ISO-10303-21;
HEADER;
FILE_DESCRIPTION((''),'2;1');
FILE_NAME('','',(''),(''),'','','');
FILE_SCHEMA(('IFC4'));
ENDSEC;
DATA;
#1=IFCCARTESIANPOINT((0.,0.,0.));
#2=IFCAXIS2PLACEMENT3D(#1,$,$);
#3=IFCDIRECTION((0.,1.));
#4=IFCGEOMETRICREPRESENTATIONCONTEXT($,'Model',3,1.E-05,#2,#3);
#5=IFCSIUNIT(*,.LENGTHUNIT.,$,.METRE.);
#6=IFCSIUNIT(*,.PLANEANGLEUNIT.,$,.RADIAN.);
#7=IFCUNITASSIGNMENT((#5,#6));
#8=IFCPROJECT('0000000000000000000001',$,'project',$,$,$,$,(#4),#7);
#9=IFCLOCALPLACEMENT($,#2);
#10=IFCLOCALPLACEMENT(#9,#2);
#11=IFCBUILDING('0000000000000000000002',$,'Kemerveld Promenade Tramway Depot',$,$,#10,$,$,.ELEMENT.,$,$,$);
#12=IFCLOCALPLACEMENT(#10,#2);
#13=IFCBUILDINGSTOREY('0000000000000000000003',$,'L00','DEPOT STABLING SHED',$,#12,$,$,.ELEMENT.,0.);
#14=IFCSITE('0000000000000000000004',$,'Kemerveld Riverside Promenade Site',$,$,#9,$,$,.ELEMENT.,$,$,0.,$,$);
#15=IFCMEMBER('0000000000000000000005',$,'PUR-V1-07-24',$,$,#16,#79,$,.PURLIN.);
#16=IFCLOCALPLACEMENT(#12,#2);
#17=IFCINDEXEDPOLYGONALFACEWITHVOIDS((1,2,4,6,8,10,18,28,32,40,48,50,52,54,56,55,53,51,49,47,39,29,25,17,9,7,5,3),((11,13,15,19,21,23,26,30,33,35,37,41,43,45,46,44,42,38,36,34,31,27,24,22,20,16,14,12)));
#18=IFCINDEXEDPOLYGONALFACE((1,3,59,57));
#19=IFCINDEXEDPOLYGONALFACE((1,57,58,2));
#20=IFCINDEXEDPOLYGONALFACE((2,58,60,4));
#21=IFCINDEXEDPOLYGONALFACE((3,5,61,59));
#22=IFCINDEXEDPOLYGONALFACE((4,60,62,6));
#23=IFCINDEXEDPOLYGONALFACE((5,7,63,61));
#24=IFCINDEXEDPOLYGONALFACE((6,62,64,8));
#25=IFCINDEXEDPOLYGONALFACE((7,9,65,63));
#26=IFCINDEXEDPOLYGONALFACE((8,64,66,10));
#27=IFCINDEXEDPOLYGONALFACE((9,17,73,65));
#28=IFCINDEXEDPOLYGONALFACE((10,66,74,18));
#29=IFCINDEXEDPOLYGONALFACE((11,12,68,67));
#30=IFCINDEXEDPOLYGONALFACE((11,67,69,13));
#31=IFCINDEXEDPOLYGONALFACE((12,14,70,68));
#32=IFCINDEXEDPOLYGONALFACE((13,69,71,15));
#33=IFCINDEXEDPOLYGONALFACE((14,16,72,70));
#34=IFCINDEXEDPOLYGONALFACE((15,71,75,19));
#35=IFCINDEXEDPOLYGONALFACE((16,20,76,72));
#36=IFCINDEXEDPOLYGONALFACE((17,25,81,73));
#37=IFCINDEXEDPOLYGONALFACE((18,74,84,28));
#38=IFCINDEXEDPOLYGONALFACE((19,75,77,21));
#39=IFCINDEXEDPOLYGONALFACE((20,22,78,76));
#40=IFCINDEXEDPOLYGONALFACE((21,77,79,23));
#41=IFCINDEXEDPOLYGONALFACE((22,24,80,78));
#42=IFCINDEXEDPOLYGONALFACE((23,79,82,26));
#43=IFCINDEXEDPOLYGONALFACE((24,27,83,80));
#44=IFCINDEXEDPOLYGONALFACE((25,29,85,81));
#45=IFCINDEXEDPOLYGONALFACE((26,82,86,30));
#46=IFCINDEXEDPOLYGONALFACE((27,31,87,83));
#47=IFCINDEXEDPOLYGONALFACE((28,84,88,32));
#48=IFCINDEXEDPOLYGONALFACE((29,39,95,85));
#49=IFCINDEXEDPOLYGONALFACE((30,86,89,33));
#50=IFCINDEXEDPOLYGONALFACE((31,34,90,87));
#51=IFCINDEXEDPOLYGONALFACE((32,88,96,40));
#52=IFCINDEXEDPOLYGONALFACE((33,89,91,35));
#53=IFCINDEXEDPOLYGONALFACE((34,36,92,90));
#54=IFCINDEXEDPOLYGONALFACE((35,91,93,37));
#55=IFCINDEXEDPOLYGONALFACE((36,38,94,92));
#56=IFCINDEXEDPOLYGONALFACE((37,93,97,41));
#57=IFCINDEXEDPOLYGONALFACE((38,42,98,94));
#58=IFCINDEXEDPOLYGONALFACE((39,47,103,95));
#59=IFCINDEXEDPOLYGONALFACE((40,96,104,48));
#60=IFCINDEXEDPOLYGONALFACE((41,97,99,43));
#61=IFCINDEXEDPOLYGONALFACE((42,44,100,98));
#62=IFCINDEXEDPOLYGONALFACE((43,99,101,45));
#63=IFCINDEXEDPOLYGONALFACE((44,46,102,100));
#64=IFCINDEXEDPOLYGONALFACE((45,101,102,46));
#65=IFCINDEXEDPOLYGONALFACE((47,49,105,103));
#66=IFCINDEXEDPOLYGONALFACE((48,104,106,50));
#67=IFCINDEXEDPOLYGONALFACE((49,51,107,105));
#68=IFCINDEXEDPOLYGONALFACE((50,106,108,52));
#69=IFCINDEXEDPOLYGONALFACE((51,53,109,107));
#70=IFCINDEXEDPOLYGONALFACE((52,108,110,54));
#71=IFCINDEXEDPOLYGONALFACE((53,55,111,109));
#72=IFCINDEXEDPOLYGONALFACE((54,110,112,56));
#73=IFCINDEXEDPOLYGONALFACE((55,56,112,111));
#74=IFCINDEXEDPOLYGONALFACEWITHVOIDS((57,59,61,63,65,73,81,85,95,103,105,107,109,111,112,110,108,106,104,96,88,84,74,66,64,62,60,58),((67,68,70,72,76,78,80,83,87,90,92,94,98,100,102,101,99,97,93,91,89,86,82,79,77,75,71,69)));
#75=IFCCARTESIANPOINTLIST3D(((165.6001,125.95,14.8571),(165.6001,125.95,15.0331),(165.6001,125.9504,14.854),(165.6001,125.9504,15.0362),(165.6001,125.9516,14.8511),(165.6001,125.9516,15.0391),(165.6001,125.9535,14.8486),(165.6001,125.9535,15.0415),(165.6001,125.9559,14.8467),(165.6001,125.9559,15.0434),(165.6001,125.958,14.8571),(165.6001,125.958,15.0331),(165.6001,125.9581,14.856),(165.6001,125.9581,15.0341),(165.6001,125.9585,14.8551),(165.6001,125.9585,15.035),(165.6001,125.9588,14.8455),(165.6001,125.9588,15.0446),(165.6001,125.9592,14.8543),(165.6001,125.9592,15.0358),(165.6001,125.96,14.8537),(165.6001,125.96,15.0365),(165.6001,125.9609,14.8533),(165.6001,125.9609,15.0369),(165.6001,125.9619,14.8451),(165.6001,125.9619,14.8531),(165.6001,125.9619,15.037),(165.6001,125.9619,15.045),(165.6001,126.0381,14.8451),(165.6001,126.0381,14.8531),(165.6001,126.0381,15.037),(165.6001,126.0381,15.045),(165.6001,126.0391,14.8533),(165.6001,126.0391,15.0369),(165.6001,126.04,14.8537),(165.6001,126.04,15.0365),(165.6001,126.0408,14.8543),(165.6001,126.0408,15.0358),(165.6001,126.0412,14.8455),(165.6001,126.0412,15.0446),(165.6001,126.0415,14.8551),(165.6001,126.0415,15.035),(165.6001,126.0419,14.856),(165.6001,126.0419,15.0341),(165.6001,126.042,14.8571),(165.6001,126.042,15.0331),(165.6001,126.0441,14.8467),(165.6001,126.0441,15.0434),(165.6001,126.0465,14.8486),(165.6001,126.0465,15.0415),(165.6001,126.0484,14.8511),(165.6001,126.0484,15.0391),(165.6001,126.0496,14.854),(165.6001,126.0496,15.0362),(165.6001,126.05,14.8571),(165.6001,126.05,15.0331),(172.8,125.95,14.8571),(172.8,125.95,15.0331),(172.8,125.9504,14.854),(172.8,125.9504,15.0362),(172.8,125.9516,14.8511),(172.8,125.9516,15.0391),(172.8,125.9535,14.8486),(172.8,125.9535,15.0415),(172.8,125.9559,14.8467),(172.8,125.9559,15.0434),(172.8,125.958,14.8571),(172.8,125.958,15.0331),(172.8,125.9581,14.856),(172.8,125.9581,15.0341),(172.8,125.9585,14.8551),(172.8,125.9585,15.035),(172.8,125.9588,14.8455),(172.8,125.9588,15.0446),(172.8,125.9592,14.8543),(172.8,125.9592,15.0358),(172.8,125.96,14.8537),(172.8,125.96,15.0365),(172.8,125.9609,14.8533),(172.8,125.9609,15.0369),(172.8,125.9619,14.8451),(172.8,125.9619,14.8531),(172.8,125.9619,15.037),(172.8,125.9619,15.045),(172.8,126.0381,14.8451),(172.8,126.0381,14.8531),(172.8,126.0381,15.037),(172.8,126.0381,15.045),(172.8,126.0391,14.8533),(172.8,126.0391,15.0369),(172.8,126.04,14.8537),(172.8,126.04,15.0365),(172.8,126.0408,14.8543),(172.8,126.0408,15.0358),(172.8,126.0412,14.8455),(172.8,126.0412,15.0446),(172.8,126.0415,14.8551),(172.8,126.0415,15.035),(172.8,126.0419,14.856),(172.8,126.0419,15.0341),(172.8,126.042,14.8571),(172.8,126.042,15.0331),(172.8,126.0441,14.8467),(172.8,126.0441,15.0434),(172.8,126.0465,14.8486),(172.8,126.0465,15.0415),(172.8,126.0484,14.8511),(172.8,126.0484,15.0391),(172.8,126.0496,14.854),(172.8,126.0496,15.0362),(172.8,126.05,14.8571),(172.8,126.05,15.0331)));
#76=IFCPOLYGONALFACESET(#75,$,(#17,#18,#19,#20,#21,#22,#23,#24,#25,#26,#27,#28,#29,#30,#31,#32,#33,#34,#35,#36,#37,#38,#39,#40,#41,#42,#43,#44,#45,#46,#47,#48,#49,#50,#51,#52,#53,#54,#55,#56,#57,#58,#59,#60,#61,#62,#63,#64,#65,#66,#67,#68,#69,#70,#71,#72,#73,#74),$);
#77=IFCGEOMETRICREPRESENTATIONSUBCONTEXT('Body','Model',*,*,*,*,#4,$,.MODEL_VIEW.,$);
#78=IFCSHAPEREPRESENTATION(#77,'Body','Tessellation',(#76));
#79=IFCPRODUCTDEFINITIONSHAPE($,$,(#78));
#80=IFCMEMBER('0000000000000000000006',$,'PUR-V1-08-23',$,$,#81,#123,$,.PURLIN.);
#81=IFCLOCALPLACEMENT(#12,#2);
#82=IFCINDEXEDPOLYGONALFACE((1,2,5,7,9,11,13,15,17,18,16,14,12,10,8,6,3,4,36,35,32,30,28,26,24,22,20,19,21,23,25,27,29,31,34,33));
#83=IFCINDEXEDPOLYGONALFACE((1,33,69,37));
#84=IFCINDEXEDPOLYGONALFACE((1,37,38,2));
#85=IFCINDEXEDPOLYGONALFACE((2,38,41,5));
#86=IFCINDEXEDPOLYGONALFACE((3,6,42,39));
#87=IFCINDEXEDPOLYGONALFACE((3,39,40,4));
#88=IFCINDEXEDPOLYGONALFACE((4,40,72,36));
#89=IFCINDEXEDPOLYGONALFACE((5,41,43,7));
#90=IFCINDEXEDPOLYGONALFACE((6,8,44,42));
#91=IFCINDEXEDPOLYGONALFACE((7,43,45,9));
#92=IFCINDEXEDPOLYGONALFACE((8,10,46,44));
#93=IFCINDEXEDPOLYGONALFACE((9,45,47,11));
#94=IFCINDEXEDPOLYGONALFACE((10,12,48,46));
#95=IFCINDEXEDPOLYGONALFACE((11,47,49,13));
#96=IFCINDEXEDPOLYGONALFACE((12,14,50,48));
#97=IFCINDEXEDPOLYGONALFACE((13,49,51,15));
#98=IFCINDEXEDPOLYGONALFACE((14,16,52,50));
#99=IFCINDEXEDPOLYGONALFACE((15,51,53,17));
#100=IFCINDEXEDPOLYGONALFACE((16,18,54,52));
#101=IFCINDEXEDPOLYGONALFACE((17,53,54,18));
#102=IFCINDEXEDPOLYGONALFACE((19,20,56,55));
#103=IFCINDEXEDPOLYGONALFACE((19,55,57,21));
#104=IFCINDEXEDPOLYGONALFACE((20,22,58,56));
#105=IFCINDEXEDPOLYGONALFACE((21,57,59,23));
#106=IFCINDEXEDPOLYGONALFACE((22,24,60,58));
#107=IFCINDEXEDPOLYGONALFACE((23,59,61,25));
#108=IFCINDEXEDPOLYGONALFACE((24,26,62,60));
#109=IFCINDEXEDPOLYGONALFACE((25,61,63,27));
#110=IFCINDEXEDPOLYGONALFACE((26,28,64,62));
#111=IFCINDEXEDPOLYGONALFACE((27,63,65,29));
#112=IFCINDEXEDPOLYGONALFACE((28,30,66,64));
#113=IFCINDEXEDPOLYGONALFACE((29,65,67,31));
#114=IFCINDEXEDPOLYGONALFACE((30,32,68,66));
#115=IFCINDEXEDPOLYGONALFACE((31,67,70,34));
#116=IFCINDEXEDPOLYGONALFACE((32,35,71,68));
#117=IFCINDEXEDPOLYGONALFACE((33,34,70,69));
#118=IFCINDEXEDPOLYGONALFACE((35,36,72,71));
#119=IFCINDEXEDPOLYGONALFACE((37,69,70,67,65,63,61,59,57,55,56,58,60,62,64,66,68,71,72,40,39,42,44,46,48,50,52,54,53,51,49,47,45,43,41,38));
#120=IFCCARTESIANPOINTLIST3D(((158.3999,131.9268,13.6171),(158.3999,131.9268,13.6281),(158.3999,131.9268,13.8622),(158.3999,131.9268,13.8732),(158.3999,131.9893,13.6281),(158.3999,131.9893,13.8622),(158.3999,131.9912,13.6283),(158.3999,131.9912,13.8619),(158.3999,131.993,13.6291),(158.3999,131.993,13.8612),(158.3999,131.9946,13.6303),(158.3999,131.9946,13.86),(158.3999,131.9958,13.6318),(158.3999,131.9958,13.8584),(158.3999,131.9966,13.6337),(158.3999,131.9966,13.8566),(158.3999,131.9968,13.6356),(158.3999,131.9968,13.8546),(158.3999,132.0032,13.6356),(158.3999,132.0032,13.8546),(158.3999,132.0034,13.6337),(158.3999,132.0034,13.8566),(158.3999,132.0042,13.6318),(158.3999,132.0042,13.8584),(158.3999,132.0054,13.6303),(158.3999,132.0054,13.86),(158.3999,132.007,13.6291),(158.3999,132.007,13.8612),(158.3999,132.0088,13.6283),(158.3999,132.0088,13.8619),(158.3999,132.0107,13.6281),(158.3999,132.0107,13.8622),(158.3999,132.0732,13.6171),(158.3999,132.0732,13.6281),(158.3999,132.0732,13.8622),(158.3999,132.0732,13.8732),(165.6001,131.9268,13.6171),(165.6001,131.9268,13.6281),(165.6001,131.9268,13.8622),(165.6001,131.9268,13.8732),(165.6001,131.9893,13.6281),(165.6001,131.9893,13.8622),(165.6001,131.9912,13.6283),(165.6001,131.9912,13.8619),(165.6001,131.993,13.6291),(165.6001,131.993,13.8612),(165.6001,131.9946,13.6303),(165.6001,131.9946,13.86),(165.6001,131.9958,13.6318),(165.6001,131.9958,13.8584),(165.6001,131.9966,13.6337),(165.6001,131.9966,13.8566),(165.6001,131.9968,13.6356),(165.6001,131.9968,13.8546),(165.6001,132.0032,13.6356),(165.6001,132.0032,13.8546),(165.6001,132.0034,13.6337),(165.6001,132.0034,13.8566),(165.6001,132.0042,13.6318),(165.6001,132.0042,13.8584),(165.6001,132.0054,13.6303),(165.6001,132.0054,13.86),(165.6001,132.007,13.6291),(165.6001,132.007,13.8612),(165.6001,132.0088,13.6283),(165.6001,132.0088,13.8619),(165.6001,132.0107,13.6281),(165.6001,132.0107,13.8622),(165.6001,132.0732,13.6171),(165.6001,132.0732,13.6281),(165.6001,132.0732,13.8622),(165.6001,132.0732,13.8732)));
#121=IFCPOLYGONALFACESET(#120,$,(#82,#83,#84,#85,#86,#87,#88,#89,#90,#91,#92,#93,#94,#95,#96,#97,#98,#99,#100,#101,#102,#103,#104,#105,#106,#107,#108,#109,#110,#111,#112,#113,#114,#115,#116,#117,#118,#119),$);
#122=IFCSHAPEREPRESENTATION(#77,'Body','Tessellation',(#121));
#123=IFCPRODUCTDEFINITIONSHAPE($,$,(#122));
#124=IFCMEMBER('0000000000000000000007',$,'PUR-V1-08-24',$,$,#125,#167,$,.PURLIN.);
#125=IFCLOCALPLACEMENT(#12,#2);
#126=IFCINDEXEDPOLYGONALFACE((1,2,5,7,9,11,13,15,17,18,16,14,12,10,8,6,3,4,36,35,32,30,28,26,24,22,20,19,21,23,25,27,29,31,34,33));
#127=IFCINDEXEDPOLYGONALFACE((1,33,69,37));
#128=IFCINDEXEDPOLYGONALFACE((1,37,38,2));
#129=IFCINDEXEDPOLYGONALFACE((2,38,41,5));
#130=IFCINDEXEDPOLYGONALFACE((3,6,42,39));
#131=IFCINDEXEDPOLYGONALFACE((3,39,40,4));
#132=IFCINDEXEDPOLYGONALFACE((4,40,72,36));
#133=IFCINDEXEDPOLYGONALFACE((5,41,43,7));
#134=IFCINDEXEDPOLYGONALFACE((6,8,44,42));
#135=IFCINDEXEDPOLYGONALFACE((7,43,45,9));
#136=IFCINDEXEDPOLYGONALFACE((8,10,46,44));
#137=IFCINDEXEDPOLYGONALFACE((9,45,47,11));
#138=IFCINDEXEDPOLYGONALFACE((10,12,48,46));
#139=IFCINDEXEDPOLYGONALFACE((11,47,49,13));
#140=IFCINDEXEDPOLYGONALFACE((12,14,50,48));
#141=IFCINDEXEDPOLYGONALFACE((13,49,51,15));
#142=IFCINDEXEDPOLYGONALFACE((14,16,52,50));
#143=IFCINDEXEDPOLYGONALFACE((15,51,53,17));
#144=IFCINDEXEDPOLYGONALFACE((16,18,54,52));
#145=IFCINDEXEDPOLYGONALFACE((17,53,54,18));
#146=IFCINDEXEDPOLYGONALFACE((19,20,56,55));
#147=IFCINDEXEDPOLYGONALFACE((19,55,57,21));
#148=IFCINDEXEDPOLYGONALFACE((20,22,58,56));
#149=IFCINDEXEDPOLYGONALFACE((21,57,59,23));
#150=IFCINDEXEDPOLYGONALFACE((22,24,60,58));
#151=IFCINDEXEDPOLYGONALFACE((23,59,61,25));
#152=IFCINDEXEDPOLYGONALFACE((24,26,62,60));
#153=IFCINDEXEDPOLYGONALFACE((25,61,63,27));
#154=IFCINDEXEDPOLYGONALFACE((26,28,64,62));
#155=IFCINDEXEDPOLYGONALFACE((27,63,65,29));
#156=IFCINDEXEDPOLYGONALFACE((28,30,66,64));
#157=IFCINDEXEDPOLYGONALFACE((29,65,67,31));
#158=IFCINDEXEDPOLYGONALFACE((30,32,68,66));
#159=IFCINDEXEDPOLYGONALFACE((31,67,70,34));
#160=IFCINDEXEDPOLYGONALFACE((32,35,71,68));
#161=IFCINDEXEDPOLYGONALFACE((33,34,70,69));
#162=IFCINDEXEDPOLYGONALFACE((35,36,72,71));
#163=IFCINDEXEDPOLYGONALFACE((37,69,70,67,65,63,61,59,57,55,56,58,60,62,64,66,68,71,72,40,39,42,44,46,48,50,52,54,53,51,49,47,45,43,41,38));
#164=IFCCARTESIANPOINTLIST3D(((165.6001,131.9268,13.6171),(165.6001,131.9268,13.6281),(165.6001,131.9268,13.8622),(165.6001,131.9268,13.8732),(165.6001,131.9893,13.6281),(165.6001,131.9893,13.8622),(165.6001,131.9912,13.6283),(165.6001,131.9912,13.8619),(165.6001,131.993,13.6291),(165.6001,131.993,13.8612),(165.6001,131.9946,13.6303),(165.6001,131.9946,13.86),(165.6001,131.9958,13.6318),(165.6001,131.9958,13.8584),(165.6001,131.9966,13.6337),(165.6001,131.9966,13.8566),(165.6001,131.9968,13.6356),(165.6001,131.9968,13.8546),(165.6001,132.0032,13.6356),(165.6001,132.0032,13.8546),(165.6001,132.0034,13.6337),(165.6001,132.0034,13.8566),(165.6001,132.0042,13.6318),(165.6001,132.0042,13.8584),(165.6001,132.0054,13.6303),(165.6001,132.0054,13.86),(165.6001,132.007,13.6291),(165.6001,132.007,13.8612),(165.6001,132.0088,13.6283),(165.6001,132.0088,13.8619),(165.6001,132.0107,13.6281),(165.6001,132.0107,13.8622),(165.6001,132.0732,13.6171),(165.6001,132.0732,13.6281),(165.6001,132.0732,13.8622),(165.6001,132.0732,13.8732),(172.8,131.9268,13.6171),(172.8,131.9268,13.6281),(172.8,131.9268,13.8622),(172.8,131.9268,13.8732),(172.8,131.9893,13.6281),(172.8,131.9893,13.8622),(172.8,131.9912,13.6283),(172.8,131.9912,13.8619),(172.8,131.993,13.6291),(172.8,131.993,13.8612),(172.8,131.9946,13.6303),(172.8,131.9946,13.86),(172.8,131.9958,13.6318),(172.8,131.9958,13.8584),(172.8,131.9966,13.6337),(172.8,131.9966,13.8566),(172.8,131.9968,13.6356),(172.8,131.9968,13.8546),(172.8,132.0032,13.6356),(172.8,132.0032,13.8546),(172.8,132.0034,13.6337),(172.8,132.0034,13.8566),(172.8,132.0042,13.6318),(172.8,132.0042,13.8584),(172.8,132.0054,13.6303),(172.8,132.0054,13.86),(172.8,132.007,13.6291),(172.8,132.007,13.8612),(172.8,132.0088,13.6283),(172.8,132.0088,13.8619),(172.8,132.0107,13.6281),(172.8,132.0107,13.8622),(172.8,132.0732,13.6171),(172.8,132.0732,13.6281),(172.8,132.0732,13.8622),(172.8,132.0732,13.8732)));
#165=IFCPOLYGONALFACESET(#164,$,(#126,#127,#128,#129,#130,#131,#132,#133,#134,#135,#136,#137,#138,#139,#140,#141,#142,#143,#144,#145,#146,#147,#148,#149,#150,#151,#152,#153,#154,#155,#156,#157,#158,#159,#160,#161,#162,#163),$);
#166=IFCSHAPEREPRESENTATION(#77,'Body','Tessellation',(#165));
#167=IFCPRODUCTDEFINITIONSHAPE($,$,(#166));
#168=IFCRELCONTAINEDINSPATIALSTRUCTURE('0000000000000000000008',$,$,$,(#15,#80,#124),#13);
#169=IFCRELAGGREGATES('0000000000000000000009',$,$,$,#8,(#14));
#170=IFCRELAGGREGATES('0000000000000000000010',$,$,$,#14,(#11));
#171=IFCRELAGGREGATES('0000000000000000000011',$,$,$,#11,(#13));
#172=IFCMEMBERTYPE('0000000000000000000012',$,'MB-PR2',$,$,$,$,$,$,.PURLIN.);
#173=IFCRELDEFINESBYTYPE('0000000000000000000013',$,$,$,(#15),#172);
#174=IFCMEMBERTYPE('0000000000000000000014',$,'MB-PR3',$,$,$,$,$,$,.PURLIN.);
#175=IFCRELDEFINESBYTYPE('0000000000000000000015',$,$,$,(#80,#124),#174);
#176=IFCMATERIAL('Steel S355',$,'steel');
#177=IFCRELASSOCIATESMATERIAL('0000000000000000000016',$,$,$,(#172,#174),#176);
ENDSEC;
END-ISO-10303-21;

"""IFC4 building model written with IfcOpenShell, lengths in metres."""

from ifc_helpers import new_model, si_unit, direction, frame, origin, origin_2d, place, context, subcontext, project, spatial, hollow_rectangle, i_section, extrude, material, material_profile, profile_set, type_object, element, save


model = new_model("IFC4")

# Units and contexts
model_context = context("Model", 3, precision=1e-05, world=origin(), true_north=direction((0.0, 1.0)))
body_context = subcontext(model_context, "Body", "Model", "MODEL_VIEW")
ifc_project = project(units=[si_unit("LENGTHUNIT", "METRE"), si_unit("PLANEANGLEUNIT", "RADIAN")], contexts=[model_context])

# Site, building, storey
site_placement = place(None, origin())
site = spatial("IfcSite", under=ifc_project, at=site_placement, Name="Kemerveld Riverside Promenade Site", CompositionType="ELEMENT", RefElevation=0.0)
building_placement = place(site_placement, origin())
building = spatial("IfcBuilding", under=site, at=building_placement, Name="Kemerveld Promenade Tramway Depot", CompositionType="ELEMENT")
storey_placement = place(building_placement, origin())
storey = spatial("IfcBuildingStorey", under=building, at=storey_placement, Name="L00", Description="DEPOT STABLING SHED", CompositionType="ELEMENT", Elevation=0.0)

# Members
ifc_material = material(Name="Steel S355", Category="steel")
ifc_material_profile_1 = material_profile(ifc_material, hollow_rectangle(XDim=0.1001, YDim=0.2, WallThickness=0.0081, InnerFilletRadius=0.0039, OuterFilletRadius=0.012, at=origin_2d()), Name="200x100x8.0 RHS")
ifc_profile_set_1 = profile_set([ifc_material_profile_1], Name="Steel S355")
member_type_1 = type_object("IfcMemberType", Name="MB-PR2", PredefinedType="PURLIN", material=ifc_profile_set_1)
member_1_placement = place(storey_placement, frame((165.6001, 126.0, 14.9451), z_axis=(1.0, 0.0, 0.0), x_axis=(0.0, 1.0, 0.0)))
element("IfcMember", 1, at=member_1_placement, inside=storey, type_object=member_type_1, Name="PUR-V1-07-24", PredefinedType="PURLIN", context=body_context, shape_type="SweptSolid", body=[
    extrude(hollow_rectangle(XDim=0.1001, YDim=0.2, WallThickness=0.0081, InnerFilletRadius=0.0039, OuterFilletRadius=0.012, at=origin_2d()), origin(), (0.0, 0.0, 1.0), 7.2),
])
ifc_material_profile_2 = material_profile(ifc_material, i_section(OverallWidth=0.1465, OverallDepth=0.2561, WebThickness=0.0063, FlangeThickness=0.011, FilletRadius=0.0076, at=origin_2d()), Name="254x146x37 UB")
ifc_profile_set_2 = profile_set([ifc_material_profile_2], Name="Steel S355")
member_type_2 = type_object("IfcMemberType", Name="MB-PR3", PredefinedType="PURLIN", material=ifc_profile_set_2)
member_2_placement = place(storey_placement, frame((158.3999, 132.0, 13.7451), z_axis=(1.0, 0.0, 0.0), x_axis=(0.0, 1.0, 0.0)))
element("IfcMember", 2, at=member_2_placement, inside=storey, type_object=member_type_2, Name="PUR-V1-08-23", PredefinedType="PURLIN", context=body_context, shape_type="SweptSolid", body=[
    extrude(i_section(OverallWidth=0.1465, OverallDepth=0.2561, WebThickness=0.0063, FlangeThickness=0.011, FilletRadius=0.0076, at=origin_2d()), origin(), (0.0, 0.0, 1.0), 7.2002),
])
member_3_placement = place(storey_placement, frame((165.6001, 132.0, 13.7451), z_axis=(1.0, 0.0, 0.0), x_axis=(0.0, 1.0, 0.0)))
element("IfcMember", 3, at=member_3_placement, inside=storey, type_object=member_type_2, Name="PUR-V1-08-24", PredefinedType="PURLIN", context=body_context, shape_type="SweptSolid", body=[
    extrude(i_section(OverallWidth=0.1465, OverallDepth=0.2561, WebThickness=0.0063, FlangeThickness=0.011, FilletRadius=0.0076, at=origin_2d()), origin(), (0.0, 0.0, 1.0), 7.2),
])

save(model, "model.ifc")
